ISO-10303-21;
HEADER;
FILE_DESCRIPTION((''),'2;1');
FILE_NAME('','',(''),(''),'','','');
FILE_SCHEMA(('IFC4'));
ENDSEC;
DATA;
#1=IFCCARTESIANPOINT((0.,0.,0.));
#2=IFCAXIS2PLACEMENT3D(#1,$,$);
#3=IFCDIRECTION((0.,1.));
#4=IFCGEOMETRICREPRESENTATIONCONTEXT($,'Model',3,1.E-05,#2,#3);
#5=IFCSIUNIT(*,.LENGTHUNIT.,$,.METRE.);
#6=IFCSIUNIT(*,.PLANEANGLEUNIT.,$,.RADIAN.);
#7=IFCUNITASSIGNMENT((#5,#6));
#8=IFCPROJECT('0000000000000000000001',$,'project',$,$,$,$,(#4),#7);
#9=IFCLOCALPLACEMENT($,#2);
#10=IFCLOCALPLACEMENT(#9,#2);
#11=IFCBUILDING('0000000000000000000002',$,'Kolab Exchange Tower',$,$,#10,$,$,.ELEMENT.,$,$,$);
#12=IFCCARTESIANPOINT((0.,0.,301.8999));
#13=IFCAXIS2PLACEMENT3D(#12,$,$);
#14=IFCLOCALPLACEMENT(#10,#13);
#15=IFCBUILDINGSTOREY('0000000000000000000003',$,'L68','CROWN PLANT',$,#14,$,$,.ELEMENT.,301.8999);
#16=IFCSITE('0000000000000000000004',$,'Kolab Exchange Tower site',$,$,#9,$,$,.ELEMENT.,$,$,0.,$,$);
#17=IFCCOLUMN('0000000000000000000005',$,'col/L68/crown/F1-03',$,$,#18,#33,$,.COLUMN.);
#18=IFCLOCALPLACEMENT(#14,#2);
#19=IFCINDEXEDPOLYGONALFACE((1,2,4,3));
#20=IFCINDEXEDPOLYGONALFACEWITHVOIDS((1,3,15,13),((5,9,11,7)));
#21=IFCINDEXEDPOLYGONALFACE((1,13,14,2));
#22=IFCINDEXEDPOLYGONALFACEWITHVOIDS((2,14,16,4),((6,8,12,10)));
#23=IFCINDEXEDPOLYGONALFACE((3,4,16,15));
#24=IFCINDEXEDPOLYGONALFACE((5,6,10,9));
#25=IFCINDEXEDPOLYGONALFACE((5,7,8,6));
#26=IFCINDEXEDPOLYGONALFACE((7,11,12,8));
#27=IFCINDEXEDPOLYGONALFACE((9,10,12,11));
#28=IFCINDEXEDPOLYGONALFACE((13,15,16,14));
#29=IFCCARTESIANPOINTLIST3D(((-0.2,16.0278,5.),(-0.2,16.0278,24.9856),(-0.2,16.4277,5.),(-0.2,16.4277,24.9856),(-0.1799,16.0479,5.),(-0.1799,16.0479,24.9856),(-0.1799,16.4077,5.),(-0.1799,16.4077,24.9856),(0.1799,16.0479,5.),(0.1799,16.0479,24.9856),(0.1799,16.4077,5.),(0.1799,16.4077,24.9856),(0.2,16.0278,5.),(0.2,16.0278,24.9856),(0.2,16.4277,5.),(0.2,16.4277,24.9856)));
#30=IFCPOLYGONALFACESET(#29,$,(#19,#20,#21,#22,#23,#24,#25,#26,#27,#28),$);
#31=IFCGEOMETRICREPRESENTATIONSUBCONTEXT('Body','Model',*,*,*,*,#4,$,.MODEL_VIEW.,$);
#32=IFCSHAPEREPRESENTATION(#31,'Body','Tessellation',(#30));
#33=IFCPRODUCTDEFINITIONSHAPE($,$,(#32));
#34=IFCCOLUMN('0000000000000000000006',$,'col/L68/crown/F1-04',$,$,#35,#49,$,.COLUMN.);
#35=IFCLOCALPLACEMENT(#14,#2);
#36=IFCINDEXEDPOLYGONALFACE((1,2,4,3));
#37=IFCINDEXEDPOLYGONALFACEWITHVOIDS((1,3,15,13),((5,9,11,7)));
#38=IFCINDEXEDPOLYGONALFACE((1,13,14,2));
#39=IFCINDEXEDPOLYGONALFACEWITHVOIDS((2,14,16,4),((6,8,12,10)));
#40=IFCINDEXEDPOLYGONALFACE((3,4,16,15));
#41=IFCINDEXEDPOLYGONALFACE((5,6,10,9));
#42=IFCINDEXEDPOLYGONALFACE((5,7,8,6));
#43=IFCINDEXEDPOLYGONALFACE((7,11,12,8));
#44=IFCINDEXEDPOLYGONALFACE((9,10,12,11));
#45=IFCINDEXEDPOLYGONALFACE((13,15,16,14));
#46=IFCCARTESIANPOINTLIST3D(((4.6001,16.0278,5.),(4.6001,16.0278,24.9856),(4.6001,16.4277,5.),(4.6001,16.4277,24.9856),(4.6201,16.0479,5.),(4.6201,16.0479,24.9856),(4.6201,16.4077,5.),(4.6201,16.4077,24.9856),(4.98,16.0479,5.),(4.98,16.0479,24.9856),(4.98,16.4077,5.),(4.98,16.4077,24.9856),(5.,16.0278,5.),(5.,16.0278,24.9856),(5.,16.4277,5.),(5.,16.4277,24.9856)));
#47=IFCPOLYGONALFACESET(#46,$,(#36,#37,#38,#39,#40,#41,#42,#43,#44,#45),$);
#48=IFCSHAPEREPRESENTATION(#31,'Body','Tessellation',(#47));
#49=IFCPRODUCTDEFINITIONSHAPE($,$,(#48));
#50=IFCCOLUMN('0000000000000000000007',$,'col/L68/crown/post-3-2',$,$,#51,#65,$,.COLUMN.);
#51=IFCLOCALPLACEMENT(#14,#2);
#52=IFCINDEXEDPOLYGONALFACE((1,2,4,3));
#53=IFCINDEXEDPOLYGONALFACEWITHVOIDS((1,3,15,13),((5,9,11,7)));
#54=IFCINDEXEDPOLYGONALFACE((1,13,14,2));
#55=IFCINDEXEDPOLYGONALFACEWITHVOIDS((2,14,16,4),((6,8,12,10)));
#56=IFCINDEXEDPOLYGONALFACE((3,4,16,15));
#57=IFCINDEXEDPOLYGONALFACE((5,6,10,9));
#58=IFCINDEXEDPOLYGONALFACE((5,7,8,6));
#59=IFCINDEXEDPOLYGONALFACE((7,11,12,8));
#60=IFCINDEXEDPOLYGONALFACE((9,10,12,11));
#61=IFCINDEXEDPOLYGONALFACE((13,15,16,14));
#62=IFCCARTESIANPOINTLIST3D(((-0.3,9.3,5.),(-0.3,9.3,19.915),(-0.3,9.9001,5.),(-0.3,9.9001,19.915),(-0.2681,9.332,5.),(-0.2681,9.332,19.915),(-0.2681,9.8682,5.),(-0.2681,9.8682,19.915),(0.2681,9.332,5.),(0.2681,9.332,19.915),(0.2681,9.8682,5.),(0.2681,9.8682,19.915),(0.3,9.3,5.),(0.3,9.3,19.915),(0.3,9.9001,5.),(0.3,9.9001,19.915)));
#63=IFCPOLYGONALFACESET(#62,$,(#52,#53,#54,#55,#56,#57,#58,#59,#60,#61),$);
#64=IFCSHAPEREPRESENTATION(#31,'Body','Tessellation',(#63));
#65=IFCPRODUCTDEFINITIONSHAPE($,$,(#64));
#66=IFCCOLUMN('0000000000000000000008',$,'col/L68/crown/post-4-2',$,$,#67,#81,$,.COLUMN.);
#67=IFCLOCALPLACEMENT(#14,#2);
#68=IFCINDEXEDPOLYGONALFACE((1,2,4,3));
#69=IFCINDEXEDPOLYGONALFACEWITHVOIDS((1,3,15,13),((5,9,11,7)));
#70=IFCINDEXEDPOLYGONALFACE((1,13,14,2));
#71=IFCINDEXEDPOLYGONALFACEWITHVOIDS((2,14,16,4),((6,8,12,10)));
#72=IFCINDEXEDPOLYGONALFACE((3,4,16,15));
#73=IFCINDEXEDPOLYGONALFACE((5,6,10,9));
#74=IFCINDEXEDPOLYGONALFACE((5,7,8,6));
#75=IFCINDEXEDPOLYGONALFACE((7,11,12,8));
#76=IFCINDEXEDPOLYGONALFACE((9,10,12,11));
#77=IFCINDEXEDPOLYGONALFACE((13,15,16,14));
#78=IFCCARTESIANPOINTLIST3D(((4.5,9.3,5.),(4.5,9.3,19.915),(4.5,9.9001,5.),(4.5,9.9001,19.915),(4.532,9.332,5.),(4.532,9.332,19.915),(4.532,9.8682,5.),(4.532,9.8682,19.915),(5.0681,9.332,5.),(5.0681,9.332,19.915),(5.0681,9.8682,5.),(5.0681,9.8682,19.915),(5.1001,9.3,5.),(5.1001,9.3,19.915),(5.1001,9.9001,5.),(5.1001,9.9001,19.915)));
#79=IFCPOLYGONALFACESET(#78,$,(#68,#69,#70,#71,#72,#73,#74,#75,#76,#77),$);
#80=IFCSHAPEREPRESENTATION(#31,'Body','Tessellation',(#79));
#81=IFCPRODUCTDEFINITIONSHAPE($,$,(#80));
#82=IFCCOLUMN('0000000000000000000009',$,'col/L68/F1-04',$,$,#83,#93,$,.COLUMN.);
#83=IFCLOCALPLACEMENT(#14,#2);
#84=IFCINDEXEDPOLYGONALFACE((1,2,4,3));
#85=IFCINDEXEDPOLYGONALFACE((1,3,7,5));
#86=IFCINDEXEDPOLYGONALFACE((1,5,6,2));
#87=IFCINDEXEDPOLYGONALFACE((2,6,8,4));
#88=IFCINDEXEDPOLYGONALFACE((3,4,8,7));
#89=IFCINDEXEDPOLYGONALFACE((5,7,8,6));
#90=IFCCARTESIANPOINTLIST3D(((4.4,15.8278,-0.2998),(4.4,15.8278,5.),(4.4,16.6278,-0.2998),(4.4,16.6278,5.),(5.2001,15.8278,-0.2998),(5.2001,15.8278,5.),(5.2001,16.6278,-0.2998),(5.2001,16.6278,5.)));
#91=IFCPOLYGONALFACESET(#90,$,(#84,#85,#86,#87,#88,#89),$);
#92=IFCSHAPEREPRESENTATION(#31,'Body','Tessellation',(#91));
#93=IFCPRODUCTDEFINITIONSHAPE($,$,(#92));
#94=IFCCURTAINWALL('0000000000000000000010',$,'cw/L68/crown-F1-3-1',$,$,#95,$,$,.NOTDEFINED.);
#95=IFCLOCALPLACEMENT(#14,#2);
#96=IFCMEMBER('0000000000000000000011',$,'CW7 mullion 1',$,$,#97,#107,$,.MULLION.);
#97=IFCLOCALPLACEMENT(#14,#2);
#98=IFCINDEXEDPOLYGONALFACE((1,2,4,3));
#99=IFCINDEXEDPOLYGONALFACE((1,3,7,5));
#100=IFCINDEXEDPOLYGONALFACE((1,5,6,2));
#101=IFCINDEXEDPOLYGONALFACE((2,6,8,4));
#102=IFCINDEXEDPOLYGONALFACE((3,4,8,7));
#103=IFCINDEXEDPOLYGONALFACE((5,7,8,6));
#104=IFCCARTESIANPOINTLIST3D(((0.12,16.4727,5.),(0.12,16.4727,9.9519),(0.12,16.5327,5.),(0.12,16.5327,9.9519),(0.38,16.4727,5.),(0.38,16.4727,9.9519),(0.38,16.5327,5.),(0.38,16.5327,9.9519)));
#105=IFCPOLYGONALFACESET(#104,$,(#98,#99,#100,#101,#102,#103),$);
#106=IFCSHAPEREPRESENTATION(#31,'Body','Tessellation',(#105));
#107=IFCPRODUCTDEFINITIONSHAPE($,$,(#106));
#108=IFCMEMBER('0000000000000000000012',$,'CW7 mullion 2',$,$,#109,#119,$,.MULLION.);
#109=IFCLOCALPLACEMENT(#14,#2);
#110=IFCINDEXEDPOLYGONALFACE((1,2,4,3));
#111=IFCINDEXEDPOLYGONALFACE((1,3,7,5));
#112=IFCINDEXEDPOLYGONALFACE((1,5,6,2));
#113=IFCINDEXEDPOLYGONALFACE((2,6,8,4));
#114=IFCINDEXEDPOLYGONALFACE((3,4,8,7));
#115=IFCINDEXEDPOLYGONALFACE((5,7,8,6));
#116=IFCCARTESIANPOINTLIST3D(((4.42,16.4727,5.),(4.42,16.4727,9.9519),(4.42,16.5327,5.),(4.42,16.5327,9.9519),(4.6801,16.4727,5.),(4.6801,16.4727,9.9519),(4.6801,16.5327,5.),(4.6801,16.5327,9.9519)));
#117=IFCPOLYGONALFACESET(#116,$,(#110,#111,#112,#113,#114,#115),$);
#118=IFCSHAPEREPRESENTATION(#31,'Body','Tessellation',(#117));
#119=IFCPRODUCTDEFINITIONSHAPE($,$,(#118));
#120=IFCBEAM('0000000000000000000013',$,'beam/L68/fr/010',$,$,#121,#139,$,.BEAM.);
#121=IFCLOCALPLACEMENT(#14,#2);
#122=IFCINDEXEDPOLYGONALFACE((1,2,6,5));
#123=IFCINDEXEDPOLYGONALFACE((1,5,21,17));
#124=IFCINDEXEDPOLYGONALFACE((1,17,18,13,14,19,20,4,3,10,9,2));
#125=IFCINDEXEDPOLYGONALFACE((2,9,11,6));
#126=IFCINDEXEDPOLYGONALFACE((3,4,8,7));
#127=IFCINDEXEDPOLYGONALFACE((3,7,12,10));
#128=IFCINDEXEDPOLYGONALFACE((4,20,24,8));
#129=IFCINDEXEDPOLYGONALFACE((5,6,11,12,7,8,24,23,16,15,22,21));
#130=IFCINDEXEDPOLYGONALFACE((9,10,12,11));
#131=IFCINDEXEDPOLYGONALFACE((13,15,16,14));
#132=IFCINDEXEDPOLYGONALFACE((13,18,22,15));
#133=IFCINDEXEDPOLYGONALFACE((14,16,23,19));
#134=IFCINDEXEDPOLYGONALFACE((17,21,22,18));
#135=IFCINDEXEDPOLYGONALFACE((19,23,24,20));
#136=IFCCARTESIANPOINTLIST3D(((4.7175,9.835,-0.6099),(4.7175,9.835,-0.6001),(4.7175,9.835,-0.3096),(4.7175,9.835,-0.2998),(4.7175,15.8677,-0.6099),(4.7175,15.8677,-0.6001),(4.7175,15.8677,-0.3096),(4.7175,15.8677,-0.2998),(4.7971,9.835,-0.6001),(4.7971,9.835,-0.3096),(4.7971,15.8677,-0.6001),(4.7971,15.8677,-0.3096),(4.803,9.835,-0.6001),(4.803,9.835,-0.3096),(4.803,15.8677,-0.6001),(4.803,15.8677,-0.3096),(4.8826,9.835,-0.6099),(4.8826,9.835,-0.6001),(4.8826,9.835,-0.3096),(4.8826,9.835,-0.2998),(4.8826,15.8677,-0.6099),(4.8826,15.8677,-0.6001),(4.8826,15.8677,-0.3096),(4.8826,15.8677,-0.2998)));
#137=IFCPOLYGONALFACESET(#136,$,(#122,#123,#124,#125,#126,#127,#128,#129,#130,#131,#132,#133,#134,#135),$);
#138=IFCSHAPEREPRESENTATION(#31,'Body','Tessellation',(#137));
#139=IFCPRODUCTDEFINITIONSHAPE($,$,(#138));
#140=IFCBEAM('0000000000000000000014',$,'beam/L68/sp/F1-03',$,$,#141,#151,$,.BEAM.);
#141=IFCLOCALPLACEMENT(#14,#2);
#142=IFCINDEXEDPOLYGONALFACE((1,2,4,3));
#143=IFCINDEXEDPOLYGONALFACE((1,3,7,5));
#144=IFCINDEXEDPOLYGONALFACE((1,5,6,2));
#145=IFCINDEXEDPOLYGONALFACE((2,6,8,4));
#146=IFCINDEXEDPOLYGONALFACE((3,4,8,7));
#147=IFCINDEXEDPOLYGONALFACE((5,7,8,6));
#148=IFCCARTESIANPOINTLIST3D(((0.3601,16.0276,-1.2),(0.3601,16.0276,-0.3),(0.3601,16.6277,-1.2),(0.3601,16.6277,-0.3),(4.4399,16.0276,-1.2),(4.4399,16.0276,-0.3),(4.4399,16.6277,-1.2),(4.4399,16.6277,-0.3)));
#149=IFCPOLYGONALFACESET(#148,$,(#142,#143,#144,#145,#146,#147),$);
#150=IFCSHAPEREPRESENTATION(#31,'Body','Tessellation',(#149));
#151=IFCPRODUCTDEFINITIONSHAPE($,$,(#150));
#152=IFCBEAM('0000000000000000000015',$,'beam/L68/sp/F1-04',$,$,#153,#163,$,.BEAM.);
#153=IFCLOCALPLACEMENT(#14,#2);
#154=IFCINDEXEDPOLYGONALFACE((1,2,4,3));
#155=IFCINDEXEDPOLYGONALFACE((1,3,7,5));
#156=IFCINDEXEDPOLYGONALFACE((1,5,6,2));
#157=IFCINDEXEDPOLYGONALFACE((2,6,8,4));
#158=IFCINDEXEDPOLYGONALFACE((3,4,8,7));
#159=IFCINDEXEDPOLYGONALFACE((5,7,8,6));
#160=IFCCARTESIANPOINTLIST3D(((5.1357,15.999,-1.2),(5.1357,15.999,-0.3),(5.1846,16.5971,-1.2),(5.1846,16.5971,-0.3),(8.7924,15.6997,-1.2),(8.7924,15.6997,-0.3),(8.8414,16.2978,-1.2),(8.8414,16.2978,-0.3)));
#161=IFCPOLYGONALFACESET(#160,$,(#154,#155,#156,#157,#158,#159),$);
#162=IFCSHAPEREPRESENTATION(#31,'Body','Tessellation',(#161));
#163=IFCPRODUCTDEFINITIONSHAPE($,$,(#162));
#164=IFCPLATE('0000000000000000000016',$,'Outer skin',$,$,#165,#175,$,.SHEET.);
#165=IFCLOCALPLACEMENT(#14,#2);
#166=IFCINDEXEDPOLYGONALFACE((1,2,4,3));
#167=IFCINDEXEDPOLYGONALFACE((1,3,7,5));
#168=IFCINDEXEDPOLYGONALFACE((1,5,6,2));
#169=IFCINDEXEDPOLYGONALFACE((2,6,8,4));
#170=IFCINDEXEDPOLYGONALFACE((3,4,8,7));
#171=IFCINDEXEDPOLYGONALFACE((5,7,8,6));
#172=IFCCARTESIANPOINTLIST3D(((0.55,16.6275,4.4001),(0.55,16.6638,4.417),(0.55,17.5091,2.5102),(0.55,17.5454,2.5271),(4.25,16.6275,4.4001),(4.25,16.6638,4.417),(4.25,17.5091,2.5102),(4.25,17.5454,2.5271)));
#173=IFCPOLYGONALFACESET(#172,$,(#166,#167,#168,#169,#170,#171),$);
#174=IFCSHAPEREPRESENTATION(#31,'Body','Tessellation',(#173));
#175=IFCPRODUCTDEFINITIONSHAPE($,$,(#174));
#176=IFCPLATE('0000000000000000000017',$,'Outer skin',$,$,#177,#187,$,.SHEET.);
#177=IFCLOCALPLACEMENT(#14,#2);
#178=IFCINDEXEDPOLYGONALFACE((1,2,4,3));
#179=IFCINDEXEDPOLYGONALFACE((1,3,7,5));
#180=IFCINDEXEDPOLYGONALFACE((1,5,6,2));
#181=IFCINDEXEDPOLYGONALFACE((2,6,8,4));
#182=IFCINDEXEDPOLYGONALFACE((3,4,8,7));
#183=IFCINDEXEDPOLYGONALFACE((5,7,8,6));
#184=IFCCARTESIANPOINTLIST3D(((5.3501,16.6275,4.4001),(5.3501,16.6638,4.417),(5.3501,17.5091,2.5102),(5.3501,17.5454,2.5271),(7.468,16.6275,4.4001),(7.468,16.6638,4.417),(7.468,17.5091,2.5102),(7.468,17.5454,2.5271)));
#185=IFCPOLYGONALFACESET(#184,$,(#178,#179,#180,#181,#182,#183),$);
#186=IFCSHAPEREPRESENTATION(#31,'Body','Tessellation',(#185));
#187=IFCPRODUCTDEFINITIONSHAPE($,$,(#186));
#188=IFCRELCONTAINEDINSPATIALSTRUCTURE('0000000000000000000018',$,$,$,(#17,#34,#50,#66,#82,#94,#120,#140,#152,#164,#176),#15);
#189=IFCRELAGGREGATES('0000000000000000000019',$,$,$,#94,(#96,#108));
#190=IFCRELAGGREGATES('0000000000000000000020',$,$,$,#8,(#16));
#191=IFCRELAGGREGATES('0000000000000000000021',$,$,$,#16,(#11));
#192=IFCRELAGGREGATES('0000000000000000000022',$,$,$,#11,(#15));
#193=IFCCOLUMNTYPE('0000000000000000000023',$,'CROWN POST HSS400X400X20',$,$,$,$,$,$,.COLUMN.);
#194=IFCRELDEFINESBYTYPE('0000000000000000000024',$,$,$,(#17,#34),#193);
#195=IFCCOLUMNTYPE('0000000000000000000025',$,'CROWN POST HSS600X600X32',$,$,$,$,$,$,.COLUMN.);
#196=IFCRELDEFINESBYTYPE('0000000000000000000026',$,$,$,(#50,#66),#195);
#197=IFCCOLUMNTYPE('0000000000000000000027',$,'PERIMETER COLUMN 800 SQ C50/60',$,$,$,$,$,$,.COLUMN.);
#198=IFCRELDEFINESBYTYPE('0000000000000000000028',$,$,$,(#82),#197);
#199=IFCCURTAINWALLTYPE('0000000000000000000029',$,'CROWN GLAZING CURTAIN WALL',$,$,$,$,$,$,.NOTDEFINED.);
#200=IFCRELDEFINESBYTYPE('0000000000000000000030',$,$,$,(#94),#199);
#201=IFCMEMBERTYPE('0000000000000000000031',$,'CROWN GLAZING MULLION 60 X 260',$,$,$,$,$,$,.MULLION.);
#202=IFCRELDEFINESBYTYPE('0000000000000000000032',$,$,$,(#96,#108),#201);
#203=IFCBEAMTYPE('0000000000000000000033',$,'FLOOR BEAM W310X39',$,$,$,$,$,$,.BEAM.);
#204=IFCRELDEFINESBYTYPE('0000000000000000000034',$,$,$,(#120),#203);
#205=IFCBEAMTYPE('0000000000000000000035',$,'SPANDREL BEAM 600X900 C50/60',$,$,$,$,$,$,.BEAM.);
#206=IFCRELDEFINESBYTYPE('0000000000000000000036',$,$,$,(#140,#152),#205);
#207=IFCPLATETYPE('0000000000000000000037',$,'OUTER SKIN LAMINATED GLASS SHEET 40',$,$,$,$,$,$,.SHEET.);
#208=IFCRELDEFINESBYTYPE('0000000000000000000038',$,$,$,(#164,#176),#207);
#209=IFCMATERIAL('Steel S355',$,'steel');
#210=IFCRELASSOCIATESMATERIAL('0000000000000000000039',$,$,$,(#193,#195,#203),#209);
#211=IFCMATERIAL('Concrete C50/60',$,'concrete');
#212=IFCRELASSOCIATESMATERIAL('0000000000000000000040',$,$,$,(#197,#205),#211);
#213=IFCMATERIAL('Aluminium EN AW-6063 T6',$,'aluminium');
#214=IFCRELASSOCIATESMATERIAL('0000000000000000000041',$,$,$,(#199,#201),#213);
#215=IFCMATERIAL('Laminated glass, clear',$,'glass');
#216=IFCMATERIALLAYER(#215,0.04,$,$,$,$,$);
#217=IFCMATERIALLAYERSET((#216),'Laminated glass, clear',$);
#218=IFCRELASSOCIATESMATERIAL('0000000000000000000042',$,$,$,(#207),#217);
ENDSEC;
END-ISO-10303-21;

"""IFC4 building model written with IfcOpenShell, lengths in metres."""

from ifc_helpers import new_model, si_unit, direction, frame, origin, origin_2d, place, context, subcontext, project, spatial, polyline, rectangle, hollow_rectangle, i_section, outline, extrude, material, layer, layer_set, material_profile, profile_set, type_object, element, aggregate, save


model = new_model("IFC4")

# Units and contexts
model_context = context("Model", 3, precision=1e-05, world=origin(), true_north=direction((0.0, 1.0)))
body_context = subcontext(model_context, "Body", "Model", "MODEL_VIEW")
ifc_project = project(units=[si_unit("LENGTHUNIT", "METRE"), si_unit("PLANEANGLEUNIT", "RADIAN")], contexts=[model_context])

# Site, building, storey
site_placement = place(None, origin())
site = spatial("IfcSite", under=ifc_project, at=site_placement, Name="Kolab Exchange Tower site", CompositionType="ELEMENT", RefElevation=0.0)
building_placement = place(site_placement, origin())
building = spatial("IfcBuilding", under=site, at=building_placement, Name="Kolab Exchange Tower", CompositionType="ELEMENT")
storey_placement = place(building_placement, frame((0.0, 0.0, 301.8999)))
storey = spatial("IfcBuildingStorey", under=building, at=storey_placement, Name="L68", Description="CROWN PLANT", CompositionType="ELEMENT", Elevation=301.8999)

# Columns
ifc_material_1 = material(Name="Steel S355", Category="steel")
ifc_material_profile_1 = material_profile(ifc_material_1, hollow_rectangle(XDim=0.3999, YDim=0.3999, WallThickness=0.02, at=origin_2d()), Name="HSS400X400X20")
ifc_profile_set_1 = profile_set([ifc_material_profile_1], Name="Steel S355")
column_type_1 = type_object("IfcColumnType", Name="CROWN POST HSS400X400X20", PredefinedType="COLUMN", material=ifc_profile_set_1)
for number, where, z_axis, x_axis, name in (
    (1, (0.0, 16.2278, 5.0), (0.0, 0.0, 1.0), (1.0, 0.0, 0.0), "col/L68/crown/F1-03"),
    (2, (4.8, 16.2278, 5.0), (0.0, 0.0, 1.0), (1.0, 0.0, 0.0), "col/L68/crown/F1-04"),
):
    element("IfcColumn", number, at=place(storey_placement, frame(where, z_axis=z_axis, x_axis=x_axis)), inside=storey, type_object=column_type_1, Name=name, PredefinedType="COLUMN", context=body_context, shape_type="SweptSolid", body=[
        extrude(hollow_rectangle(XDim=0.3999, YDim=0.3999, WallThickness=0.02, at=origin_2d()), origin(), (0.0, 0.0, 1.0), 19.9856),
    ])
ifc_material_profile_2 = material_profile(ifc_material_1, hollow_rectangle(XDim=0.6001, YDim=0.6001, WallThickness=0.032, at=origin_2d()), Name="HSS600X600X32")
ifc_profile_set_2 = profile_set([ifc_material_profile_2], Name="Steel S355")
column_type_2 = type_object("IfcColumnType", Name="CROWN POST HSS600X600X32", PredefinedType="COLUMN", material=ifc_profile_set_2)
for number, where, z_axis, x_axis, name in (
    (3, (0.0, 9.6001, 5.0), (0.0, 0.0, 1.0), (1.0, 0.0, 0.0), "col/L68/crown/post-3-2"),
    (4, (4.8, 9.6001, 5.0), (0.0, 0.0, 1.0), (1.0, 0.0, 0.0), "col/L68/crown/post-4-2"),
):
    element("IfcColumn", number, at=place(storey_placement, frame(where, z_axis=z_axis, x_axis=x_axis)), inside=storey, type_object=column_type_2, Name=name, PredefinedType="COLUMN", context=body_context, shape_type="SweptSolid", body=[
        extrude(hollow_rectangle(XDim=0.6001, YDim=0.6001, WallThickness=0.032, at=origin_2d()), origin(), (0.0, 0.0, 1.0), 14.915),
    ])
ifc_material_2 = material(Name="Concrete C50/60", Category="concrete")
ifc_material_profile_3 = material_profile(ifc_material_2, rectangle(XDim=0.8, YDim=0.8, at=origin_2d()), Name="RC800")
ifc_profile_set_3 = profile_set([ifc_material_profile_3], Name="Concrete C50/60")
column_type_3 = type_object("IfcColumnType", Name="PERIMETER COLUMN 800 SQ C50/60", PredefinedType="COLUMN", material=ifc_profile_set_3)
column_placement = place(storey_placement, frame((4.8, 16.2278, -0.2998), z_axis=(0.0, 0.0, 1.0), x_axis=(1.0, 0.0, 0.0)))
element("IfcColumn", 5, at=column_placement, inside=storey, type_object=column_type_3, Name="col/L68/F1-04", PredefinedType="COLUMN", context=body_context, shape_type="SweptSolid", body=[
    extrude(rectangle(XDim=0.8, YDim=0.8, at=origin_2d()), origin(), (0.0, 0.0, 1.0), 5.2998),
])

# Curtain wall, members
ifc_material_3 = material(Name="Aluminium EN AW-6063 T6", Category="aluminium")
curtain_wall_type = type_object("IfcCurtainWallType", Name="CROWN GLAZING CURTAIN WALL", PredefinedType="NOTDEFINED", material=ifc_material_3)
curtain_wall_placement = place(storey_placement, origin())
curtain_wall = element("IfcCurtainWall", 6, at=curtain_wall_placement, inside=storey, type_object=curtain_wall_type, Name="cw/L68/crown-F1-3-1", PredefinedType="NOTDEFINED")
ifc_material_profile_4 = material_profile(ifc_material_3, rectangle(XDim=0.0601, YDim=0.26, at=origin_2d()), Name="RECT 60X260")
ifc_profile_set_4 = profile_set([ifc_material_profile_4], Name="Aluminium EN AW-6063 T6")
member_type = type_object("IfcMemberType", Name="CROWN GLAZING MULLION 60 X 260", PredefinedType="MULLION", material=ifc_profile_set_4)
member_1_placement = place(storey_placement, frame((0.25, 16.5027, 5.0), z_axis=(0.0, 0.0, 1.0), x_axis=(0.0, 1.0, 0.0)))
member_1 = element("IfcMember", 7, at=member_1_placement, type_object=member_type, Name="CW7 mullion 1", PredefinedType="MULLION", context=body_context, shape_type="SweptSolid", body=[
    extrude(rectangle(XDim=0.0601, YDim=0.26, at=origin_2d()), origin(), (0.0, 0.0, 1.0), 4.9519),
])
member_2_placement = place(storey_placement, frame((4.55, 16.5027, 5.0), z_axis=(0.0, 0.0, 1.0), x_axis=(0.0, 1.0, 0.0)))
member_2 = element("IfcMember", 8, at=member_2_placement, type_object=member_type, Name="CW7 mullion 2", PredefinedType="MULLION", context=body_context, shape_type="SweptSolid", body=[
    extrude(rectangle(XDim=0.0601, YDim=0.26, at=origin_2d()), origin(), (0.0, 0.0, 1.0), 4.9519),
])
aggregate(curtain_wall, [member_1, member_2])

# Beams
ifc_material_profile_5 = material_profile(ifc_material_1, i_section(OverallWidth=0.165, OverallDepth=0.3101, WebThickness=0.0059, FlangeThickness=0.0098, at=origin_2d()), Name="W310X39")
ifc_profile_set_5 = profile_set([ifc_material_profile_5], Name="Steel S355")
beam_type_1 = type_object("IfcBeamType", Name="FLOOR BEAM W310X39", PredefinedType="BEAM", material=ifc_profile_set_5)
beam_1_placement = place(storey_placement, frame((4.8, 9.835, -0.4548), z_axis=(0.0, 1.0, 0.0), x_axis=(-1.0, 0.0, 0.0)))
element("IfcBeam", 9, at=beam_1_placement, inside=storey, type_object=beam_type_1, Name="beam/L68/fr/010", PredefinedType="BEAM", context=body_context, shape_type="SweptSolid", body=[
    extrude(i_section(OverallWidth=0.165, OverallDepth=0.3101, WebThickness=0.0059, FlangeThickness=0.0098, at=origin_2d()), origin(), (0.0, 0.0, 1.0), 6.0327),
])
ifc_material_profile_6 = material_profile(ifc_material_2, rectangle(XDim=0.6001, YDim=0.8999, at=origin_2d()), Name="RC600X900")
ifc_profile_set_6 = profile_set([ifc_material_profile_6], Name="Concrete C50/60")
beam_type_2 = type_object("IfcBeamType", Name="SPANDREL BEAM 600X900 C50/60", PredefinedType="BEAM", material=ifc_profile_set_6)
beam_2_placement = place(storey_placement, frame((0.3601, 16.3276, -0.75), z_axis=(1.0, 0.0, 0.0), x_axis=(0.0, 1.0, 0.0)))
element("IfcBeam", 10, at=beam_2_placement, inside=storey, type_object=beam_type_2, Name="beam/L68/sp/F1-03", PredefinedType="BEAM", context=body_context, shape_type="SweptSolid", body=[
    extrude(rectangle(XDim=0.6001, YDim=0.8999, at=origin_2d()), origin(), (0.0, 0.0, 1.0), 4.0798),
])
beam_3_placement = place(storey_placement, frame((5.1602, 16.2981, -0.75), z_axis=(0.996667, -0.081581, 0.0), x_axis=(0.081581, 0.996667, 0.0)))
element("IfcBeam", 11, at=beam_3_placement, inside=storey, type_object=beam_type_2, Name="beam/L68/sp/F1-04", PredefinedType="BEAM", context=body_context, shape_type="SweptSolid", body=[
    extrude(rectangle(XDim=0.6001, YDim=0.8999, at=origin_2d()), origin(), (0.0, 0.0, 1.0), 3.6689),
])

# Plates
ifc_material_4 = material(Name="Laminated glass, clear", Category="glass")
ifc_layer_1 = layer(ifc_material_4, 0.04)
ifc_layer_set_1 = layer_set([ifc_layer_1], Name="Laminated glass, clear")
plate_type = type_object("IfcPlateType", Name="OUTER SKIN LAMINATED GLASS SHEET 40", PredefinedType="SHEET", material=ifc_layer_set_1)
plate_1_placement = place(storey_placement, frame((0.55, 17.5454, 2.5271), z_axis=(0.0, 0.906249, 0.422744), x_axis=(1.0, 0.0, 0.0)))
element("IfcPlate", 12, at=plate_1_placement, inside=storey, type_object=plate_type, Name="Outer skin", PredefinedType="SHEET", context=body_context, shape_type="SweptSolid", body=[
    extrude(outline(polyline([(0.0, 0.0), (3.7, 0.0), (3.7, -2.0854), (0.0, -2.0854), (0.0, 0.0)])), origin(), (0.0, 0.0, -1.0), 0.04),
])
plate_2_placement = place(storey_placement, frame((5.3501, 17.5454, 2.5271), z_axis=(0.0, 0.906249, 0.422744), x_axis=(1.0, 0.0, 0.0)))
element("IfcPlate", 13, at=plate_2_placement, inside=storey, type_object=plate_type, Name="Outer skin", PredefinedType="SHEET", context=body_context, shape_type="SweptSolid", body=[
    extrude(outline(polyline([(0.0, 0.0), (2.1179, 0.0), (2.1179, -2.0854), (0.0, -2.0854), (0.0, 0.0)])), origin(), (0.0, 0.0, -1.0), 0.04),
])

save(model, "model.ifc")
